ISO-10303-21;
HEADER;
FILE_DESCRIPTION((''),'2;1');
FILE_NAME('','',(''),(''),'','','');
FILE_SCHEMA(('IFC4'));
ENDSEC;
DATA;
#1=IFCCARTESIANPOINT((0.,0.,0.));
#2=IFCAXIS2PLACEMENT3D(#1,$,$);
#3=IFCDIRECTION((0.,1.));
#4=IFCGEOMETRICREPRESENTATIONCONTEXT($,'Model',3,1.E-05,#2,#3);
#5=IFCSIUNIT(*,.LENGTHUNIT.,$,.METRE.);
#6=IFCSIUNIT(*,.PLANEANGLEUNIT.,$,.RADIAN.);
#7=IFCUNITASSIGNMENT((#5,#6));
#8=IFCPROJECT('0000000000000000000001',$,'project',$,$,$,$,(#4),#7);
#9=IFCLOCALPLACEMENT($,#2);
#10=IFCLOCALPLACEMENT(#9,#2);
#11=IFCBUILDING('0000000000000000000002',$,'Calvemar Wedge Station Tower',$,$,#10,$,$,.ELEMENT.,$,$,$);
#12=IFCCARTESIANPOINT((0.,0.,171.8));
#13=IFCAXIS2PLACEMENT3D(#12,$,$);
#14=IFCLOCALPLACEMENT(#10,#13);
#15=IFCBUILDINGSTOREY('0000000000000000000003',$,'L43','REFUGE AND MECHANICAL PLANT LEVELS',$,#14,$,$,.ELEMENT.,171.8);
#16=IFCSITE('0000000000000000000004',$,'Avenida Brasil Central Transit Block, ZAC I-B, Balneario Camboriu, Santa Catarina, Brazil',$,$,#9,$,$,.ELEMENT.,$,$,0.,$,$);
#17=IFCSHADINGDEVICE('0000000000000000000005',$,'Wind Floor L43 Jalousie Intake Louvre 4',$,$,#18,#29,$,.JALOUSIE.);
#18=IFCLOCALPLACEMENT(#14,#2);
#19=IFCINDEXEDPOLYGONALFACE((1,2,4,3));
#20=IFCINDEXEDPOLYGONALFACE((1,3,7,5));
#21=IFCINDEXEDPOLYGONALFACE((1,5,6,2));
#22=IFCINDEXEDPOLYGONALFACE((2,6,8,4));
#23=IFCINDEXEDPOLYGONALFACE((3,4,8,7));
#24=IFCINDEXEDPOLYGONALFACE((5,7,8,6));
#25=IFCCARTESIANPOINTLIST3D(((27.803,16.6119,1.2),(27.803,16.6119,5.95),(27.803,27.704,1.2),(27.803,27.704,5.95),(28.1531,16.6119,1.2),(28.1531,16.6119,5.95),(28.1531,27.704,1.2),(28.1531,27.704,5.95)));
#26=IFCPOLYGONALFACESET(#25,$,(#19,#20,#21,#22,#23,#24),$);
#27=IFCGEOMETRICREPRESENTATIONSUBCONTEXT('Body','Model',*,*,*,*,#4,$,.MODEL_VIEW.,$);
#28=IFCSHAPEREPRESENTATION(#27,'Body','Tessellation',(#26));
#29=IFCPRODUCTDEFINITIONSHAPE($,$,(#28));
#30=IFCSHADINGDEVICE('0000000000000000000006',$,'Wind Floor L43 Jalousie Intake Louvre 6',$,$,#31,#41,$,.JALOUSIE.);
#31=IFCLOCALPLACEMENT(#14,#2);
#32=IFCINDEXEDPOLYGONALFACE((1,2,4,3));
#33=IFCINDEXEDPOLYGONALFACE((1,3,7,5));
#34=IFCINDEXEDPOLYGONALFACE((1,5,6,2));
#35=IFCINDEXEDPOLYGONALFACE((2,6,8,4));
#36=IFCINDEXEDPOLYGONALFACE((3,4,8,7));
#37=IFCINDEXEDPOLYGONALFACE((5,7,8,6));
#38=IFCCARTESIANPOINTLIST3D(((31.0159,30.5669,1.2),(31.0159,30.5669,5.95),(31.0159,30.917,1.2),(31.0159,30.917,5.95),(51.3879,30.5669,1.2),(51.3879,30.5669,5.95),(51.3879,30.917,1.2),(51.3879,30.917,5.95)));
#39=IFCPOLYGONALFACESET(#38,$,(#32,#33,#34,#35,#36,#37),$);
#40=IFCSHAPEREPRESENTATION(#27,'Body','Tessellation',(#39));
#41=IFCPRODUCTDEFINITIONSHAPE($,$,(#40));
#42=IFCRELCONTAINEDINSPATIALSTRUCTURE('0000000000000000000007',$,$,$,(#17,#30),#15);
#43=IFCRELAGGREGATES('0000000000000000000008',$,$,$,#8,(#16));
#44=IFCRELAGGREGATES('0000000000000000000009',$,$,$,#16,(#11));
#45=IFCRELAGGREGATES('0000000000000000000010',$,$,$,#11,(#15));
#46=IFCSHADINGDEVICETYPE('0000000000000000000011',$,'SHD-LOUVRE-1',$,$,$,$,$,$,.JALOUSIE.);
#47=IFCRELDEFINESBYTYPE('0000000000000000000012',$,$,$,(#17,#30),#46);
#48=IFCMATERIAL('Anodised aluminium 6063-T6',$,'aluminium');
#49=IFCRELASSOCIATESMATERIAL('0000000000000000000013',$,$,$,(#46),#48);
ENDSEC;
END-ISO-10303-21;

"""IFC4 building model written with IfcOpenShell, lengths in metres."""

from ifc_helpers import new_model, si_unit, direction, frame, frame_2d, origin, place, context, subcontext, project, spatial, rectangle, extrude, material, type_object, element, save


model = new_model("IFC4")

# Units and contexts
model_context = context("Model", 3, precision=1e-05, world=origin(), true_north=direction((0.0, 1.0)))
body_context = subcontext(model_context, "Body", "Model", "MODEL_VIEW")
ifc_project = project(units=[si_unit("LENGTHUNIT", "METRE"), si_unit("PLANEANGLEUNIT", "RADIAN")], contexts=[model_context])

# Site, building, storey
site_placement = place(None, origin())
site = spatial("IfcSite", under=ifc_project, at=site_placement, Name="Avenida Brasil Central Transit Block, ZAC I-B, Balneario Camboriu, Santa Catarina, Brazil", CompositionType="ELEMENT", RefElevation=0.0)
building_placement = place(site_placement, origin())
building = spatial("IfcBuilding", under=site, at=building_placement, Name="Calvemar Wedge Station Tower", CompositionType="ELEMENT")
storey_placement = place(building_placement, frame((0.0, 0.0, 171.8)))
storey = spatial("IfcBuildingStorey", under=building, at=storey_placement, Name="L43", Description="REFUGE AND MECHANICAL PLANT LEVELS", CompositionType="ELEMENT", Elevation=171.8)

# Shading devices
ifc_material_1 = material(Name="Anodised aluminium 6063-T6", Category="aluminium")
shading_device_type = type_object("IfcShadingDeviceType", Name="SHD-LOUVRE-1", PredefinedType="JALOUSIE", material=ifc_material_1)
shading_device_1_placement = place(storey_placement, frame((27.978, 16.6121, 1.2), z_axis=(0.0, 0.0, 1.0), x_axis=(0.0, 1.0, 0.0)))
element("IfcShadingDevice", 1, at=shading_device_1_placement, inside=storey, type_object=shading_device_type, Name="Wind Floor L43 Jalousie Intake Louvre 4", PredefinedType="JALOUSIE", context=body_context, shape_type="SweptSolid", body=[
    extrude(rectangle(XDim=11.092, YDim=0.3501, at=frame_2d((5.5459, 0.0))), origin(), (0.0, 0.0, 1.0), 4.75),
])
shading_device_2_placement = place(storey_placement, frame((31.0159, 30.7419, 1.2), z_axis=(0.0, 0.0, 1.0), x_axis=(1.0, 0.0, 0.0)))
element("IfcShadingDevice", 2, at=shading_device_2_placement, inside=storey, type_object=shading_device_type, Name="Wind Floor L43 Jalousie Intake Louvre 6", PredefinedType="JALOUSIE", context=body_context, shape_type="SweptSolid", body=[
    extrude(rectangle(XDim=20.3721, YDim=0.3501, at=frame_2d((10.186, 0.0))), origin(), (0.0, 0.0, 1.0), 4.75),
])

save(model, "model.ifc")
